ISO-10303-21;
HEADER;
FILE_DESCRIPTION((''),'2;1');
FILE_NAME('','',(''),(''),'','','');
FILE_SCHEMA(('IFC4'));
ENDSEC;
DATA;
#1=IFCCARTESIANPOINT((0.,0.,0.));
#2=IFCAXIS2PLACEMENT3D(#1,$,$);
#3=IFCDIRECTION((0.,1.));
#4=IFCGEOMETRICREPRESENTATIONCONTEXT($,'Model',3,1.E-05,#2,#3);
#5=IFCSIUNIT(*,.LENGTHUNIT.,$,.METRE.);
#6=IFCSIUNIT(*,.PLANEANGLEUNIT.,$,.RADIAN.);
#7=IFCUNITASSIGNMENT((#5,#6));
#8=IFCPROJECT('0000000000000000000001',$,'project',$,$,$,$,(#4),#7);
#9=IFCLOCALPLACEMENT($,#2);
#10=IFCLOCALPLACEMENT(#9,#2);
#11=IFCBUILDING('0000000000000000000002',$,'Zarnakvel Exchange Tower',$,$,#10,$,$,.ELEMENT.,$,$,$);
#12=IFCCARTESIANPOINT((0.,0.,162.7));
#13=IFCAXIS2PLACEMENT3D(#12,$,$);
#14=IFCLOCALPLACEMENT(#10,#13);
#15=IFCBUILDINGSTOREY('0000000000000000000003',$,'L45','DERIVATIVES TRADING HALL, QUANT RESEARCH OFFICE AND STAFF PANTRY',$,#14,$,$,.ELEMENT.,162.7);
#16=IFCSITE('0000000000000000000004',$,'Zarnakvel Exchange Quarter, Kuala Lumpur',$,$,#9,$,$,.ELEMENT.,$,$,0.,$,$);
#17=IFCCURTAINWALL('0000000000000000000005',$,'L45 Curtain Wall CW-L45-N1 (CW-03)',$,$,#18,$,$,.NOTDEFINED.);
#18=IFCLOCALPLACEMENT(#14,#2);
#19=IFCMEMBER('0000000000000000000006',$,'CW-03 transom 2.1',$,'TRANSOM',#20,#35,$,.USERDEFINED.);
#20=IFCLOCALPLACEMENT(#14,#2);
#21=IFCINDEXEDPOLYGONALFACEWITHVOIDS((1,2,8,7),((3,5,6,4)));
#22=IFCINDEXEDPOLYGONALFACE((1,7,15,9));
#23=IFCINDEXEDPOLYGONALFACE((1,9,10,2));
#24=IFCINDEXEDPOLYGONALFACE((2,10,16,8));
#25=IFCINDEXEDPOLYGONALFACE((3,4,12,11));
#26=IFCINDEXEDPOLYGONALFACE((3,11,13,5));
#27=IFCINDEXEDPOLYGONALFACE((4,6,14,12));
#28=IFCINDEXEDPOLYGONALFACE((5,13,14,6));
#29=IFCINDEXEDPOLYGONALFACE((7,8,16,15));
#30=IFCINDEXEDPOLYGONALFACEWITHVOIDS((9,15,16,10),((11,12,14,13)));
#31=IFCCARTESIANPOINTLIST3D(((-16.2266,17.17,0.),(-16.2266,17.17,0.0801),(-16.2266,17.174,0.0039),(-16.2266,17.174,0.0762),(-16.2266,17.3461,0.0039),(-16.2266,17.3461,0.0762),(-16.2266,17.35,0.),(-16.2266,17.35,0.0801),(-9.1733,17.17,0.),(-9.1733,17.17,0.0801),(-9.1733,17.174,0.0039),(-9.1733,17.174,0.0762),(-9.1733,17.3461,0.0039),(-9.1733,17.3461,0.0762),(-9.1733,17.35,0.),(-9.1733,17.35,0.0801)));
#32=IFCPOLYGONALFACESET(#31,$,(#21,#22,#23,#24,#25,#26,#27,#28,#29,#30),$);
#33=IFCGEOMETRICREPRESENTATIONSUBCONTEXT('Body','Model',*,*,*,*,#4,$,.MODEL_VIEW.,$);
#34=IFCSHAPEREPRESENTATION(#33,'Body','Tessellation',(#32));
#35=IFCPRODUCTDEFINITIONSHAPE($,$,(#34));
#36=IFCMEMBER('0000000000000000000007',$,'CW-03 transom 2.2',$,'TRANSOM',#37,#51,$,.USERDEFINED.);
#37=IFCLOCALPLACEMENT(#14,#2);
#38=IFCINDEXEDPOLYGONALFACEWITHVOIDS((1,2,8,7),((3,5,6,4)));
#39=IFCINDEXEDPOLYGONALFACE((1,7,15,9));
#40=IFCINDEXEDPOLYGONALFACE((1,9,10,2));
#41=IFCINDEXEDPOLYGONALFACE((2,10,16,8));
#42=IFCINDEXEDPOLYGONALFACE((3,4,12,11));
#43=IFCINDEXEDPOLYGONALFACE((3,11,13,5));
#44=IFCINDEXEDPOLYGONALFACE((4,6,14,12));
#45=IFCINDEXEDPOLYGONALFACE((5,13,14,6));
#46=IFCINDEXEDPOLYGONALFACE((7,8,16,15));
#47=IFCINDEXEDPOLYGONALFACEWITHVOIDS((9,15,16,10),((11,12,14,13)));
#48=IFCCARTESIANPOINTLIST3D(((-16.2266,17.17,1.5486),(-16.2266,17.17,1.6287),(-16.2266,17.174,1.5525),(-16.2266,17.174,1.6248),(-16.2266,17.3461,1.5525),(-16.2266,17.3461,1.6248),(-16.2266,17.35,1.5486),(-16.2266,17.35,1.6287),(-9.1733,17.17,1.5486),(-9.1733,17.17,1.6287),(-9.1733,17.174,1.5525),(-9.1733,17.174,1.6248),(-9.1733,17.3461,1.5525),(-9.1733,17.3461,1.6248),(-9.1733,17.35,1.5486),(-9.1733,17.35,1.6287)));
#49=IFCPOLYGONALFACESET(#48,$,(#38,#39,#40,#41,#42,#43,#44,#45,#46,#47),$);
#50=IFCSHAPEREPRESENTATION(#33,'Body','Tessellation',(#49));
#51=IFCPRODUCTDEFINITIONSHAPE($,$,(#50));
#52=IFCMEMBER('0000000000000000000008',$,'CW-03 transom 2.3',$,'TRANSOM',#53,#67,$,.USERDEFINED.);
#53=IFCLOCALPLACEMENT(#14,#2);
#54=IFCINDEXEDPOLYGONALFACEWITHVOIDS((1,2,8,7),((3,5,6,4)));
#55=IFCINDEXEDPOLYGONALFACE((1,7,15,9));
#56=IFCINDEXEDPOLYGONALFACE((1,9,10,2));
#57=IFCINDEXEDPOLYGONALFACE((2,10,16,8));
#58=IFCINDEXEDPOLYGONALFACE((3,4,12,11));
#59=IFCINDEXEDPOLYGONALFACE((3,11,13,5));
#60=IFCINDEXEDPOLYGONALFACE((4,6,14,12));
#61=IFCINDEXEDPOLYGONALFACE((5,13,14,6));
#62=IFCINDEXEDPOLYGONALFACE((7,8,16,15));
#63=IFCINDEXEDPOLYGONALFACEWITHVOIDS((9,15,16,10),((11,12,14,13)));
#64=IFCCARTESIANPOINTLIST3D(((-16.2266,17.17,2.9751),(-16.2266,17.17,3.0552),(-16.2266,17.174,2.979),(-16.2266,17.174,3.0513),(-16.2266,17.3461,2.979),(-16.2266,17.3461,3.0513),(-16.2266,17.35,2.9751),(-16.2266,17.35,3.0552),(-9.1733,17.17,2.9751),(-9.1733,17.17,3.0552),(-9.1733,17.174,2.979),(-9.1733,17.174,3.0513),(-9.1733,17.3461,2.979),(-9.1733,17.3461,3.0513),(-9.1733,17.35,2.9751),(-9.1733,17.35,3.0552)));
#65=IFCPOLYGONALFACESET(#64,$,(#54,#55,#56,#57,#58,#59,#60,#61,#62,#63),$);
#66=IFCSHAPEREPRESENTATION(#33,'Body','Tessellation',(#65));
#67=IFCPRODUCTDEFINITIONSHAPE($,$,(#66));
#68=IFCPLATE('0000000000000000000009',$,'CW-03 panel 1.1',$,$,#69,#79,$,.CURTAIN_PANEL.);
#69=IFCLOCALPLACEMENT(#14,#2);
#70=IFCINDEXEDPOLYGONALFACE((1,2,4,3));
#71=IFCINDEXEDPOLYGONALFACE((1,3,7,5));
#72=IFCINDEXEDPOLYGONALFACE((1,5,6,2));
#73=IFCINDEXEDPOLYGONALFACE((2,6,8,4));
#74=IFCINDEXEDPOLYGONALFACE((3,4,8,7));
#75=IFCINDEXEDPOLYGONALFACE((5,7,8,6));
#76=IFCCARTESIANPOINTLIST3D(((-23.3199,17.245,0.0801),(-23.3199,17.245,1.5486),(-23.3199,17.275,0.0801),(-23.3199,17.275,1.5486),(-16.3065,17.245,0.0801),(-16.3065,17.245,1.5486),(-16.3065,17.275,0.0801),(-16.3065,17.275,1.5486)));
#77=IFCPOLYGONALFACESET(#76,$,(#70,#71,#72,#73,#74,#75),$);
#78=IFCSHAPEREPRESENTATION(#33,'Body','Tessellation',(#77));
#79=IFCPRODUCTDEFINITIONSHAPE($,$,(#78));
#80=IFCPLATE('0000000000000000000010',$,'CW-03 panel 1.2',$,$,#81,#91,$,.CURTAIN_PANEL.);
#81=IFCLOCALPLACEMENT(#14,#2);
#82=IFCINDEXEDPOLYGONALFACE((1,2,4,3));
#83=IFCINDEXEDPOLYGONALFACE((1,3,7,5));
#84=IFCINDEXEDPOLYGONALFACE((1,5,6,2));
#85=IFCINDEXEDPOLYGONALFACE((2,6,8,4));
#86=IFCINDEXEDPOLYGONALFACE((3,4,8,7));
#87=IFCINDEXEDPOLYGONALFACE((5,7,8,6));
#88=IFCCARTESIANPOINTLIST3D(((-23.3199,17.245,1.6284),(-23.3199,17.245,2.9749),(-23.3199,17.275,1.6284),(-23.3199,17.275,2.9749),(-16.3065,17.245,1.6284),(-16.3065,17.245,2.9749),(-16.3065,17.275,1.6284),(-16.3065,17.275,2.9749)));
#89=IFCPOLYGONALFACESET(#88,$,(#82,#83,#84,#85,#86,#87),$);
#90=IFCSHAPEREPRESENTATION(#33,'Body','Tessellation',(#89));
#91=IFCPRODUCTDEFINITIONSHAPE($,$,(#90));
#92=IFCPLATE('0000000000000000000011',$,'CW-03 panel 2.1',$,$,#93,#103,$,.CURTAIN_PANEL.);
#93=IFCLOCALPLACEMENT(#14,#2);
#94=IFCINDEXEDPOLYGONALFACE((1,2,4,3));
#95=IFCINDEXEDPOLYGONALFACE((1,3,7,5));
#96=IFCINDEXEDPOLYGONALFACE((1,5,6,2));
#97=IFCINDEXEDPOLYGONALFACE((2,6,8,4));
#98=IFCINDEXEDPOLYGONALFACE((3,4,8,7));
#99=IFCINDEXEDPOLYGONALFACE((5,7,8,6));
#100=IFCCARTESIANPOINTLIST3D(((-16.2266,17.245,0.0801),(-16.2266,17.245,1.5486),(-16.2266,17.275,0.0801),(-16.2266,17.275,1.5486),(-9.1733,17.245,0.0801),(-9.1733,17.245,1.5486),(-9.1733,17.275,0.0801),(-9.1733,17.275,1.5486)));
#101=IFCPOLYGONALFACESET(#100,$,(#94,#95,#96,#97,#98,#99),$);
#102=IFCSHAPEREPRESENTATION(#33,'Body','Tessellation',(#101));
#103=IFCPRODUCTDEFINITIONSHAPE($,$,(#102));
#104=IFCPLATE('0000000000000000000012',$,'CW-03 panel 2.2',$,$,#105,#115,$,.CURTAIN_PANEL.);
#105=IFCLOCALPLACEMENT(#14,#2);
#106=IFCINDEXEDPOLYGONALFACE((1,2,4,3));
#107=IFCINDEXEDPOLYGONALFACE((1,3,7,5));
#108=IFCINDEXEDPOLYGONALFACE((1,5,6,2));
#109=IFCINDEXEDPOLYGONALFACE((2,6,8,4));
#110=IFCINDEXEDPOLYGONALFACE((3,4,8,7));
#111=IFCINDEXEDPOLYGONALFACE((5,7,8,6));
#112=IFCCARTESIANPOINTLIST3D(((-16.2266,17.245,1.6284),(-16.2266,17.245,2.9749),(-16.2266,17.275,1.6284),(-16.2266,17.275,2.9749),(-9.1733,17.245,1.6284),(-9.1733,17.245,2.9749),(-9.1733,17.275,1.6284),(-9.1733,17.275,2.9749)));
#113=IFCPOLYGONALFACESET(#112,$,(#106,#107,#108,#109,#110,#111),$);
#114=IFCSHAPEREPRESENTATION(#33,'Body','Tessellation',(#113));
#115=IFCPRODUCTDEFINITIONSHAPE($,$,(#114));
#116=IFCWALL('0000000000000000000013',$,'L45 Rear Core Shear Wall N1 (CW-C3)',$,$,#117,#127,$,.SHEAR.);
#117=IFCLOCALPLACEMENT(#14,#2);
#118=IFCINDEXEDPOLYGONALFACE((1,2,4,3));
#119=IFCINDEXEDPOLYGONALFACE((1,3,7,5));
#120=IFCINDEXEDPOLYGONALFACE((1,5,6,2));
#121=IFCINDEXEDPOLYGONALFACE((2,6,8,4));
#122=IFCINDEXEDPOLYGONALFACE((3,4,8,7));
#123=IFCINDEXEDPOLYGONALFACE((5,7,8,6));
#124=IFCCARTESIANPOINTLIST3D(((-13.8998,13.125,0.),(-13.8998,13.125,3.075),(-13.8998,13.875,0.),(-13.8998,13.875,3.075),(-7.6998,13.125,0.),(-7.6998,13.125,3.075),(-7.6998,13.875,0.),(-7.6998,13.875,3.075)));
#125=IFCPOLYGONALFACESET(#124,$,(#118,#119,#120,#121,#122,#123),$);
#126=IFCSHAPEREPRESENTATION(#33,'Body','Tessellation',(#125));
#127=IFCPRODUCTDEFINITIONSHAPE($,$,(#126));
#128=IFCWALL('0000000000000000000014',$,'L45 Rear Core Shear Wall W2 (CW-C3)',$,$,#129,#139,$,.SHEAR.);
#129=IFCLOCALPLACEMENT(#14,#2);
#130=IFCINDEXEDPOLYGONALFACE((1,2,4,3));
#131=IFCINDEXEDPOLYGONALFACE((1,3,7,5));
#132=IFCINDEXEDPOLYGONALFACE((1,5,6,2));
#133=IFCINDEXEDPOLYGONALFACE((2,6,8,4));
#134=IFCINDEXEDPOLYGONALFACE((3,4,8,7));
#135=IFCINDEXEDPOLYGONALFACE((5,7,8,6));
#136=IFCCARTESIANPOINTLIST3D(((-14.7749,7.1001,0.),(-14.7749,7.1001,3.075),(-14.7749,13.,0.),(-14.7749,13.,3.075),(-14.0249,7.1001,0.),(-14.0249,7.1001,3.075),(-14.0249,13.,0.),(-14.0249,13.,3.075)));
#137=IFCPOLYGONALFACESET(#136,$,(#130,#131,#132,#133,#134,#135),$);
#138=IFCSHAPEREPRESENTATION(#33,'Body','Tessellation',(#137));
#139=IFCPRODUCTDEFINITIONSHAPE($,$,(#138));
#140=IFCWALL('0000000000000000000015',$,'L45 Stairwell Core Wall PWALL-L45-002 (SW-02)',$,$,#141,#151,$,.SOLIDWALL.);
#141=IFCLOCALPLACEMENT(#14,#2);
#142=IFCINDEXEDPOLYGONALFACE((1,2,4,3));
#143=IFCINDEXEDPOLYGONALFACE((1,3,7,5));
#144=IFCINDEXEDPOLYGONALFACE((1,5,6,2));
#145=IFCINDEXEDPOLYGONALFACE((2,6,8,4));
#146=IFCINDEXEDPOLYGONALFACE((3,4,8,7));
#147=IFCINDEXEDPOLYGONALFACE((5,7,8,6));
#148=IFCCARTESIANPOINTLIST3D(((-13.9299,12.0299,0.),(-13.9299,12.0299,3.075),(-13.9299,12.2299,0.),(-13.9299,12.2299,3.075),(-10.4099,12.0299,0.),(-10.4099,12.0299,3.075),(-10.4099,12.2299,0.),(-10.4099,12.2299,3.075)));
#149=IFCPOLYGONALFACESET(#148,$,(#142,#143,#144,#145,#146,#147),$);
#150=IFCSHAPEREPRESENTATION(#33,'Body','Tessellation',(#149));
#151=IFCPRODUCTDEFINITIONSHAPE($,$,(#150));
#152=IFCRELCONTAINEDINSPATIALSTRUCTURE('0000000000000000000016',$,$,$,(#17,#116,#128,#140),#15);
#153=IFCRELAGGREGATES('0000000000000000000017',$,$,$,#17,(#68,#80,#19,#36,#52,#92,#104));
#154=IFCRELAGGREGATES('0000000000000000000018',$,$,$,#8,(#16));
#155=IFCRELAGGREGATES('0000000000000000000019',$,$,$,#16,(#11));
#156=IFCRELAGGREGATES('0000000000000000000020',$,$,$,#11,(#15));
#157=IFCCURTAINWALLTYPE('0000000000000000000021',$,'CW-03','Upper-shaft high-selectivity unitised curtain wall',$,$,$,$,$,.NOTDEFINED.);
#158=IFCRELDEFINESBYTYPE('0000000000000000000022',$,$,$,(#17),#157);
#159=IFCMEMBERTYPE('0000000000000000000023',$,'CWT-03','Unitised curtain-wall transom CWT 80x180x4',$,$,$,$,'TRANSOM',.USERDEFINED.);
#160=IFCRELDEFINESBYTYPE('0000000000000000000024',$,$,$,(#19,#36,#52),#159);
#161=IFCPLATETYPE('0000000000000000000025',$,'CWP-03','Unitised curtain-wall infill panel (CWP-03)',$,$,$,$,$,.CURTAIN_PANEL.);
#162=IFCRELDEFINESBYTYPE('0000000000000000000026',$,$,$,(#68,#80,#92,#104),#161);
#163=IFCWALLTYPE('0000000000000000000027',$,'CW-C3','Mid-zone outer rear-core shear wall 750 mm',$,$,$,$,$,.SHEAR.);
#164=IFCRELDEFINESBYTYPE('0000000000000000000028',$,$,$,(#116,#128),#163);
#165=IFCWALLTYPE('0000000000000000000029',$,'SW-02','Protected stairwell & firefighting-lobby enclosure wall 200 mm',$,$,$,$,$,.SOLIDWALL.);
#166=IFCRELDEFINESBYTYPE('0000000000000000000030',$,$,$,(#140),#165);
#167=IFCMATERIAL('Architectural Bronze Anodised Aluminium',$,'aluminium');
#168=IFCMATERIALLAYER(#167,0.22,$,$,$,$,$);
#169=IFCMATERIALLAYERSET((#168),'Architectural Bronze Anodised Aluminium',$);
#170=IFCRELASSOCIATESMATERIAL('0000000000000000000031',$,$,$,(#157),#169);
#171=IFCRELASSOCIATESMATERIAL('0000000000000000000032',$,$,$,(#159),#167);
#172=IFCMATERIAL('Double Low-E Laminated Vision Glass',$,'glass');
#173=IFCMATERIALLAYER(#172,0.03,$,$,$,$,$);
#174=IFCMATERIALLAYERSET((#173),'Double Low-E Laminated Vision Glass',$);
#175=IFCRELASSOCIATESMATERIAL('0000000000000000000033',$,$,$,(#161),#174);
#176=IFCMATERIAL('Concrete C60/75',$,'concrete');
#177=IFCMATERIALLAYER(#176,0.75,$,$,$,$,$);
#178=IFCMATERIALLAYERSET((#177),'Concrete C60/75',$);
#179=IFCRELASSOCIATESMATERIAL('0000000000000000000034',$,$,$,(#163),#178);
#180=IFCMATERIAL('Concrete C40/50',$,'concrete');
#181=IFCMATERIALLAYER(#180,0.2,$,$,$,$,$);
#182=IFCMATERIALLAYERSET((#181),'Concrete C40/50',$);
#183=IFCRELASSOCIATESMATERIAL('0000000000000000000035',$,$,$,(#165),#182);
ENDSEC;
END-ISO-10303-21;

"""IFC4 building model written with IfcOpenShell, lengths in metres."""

from ifc_helpers import new_model, si_unit, direction, frame, frame_2d, origin, origin_2d, place, context, subcontext, project, spatial, rectangle, hollow_rectangle, extrude, source, transform, mapped, material, layer, layer_set, material_profile, profile_set, type_object, element, aggregate, save


model = new_model("IFC4")

# Units and contexts
model_context = context("Model", 3, precision=1e-05, world=origin(), true_north=direction((0.0, 1.0)))
body_context = subcontext(model_context, "Body", "Model", "MODEL_VIEW")
ifc_project = project(units=[si_unit("LENGTHUNIT", "METRE"), si_unit("PLANEANGLEUNIT", "RADIAN")], contexts=[model_context])

# Site, building, storey
site_placement = place(None, origin())
site = spatial("IfcSite", under=ifc_project, at=site_placement, Name="Zarnakvel Exchange Quarter, Kuala Lumpur", CompositionType="ELEMENT", RefElevation=0.0)
building_placement = place(site_placement, origin())
building = spatial("IfcBuilding", under=site, at=building_placement, Name="Zarnakvel Exchange Tower", CompositionType="ELEMENT")
storey_placement = place(building_placement, frame((0.0, 0.0, 162.7)))
storey = spatial("IfcBuildingStorey", under=building, at=storey_placement, Name="L45", Description="DERIVATIVES TRADING HALL, QUANT RESEARCH OFFICE AND STAFF PANTRY", CompositionType="ELEMENT", Elevation=162.7)

# Shared definitions
ifc_material_1 = material(Name="Concrete C60/75", Category="concrete")

# Curtain wall, members, plates
ifc_material_2 = material(Name="Architectural Bronze Anodised Aluminium", Category="aluminium")
ifc_layer_1 = layer(ifc_material_2, 0.22)
ifc_layer_set_1 = layer_set([ifc_layer_1], Name="Architectural Bronze Anodised Aluminium")
curtain_wall_type = type_object("IfcCurtainWallType", Name="CW-03", Description="Upper-shaft high-selectivity unitised curtain wall", PredefinedType="NOTDEFINED", material=ifc_layer_set_1)
curtain_wall_placement = place(storey_placement, origin())
curtain_wall = element("IfcCurtainWall", 1, at=curtain_wall_placement, inside=storey, type_object=curtain_wall_type, Name="L45 Curtain Wall CW-L45-N1 (CW-03)", PredefinedType="NOTDEFINED")
ifc_material_profile_1 = material_profile(ifc_material_2, hollow_rectangle(XDim=0.1799, YDim=0.0801, WallThickness=0.0039, at=origin_2d()))
ifc_profile_set_1 = profile_set([ifc_material_profile_1], Name="Architectural Bronze Anodised Aluminium")
member_type_1 = type_object("IfcMemberType", Name="CWT-03", Description="Unitised curtain-wall transom CWT 80x180x4", ElementType="TRANSOM", PredefinedType="USERDEFINED", material=ifc_profile_set_1)
shared_shape_1 = source(origin(), body_context, "Body", "SweptSolid", [
    extrude(hollow_rectangle(XDim=0.1799, YDim=0.0801, WallThickness=0.0039, at=origin_2d()), origin(), (0.0, 0.0, 1.0), 7.0532),
])
member_1_placement = place(storey_placement, frame((-16.2266, 17.26, 0.04), z_axis=(1.0, 0.0, 0.0), x_axis=(0.0, 1.0, 0.0)))
member_1 = element("IfcMember", 2, at=member_1_placement, type_object=member_type_1, Name="CW-03 transom 2.1", ObjectType="TRANSOM", PredefinedType="USERDEFINED", context=body_context, shape_type="MappedRepresentation", body=[
    mapped(shared_shape_1, transform((0.0, 0.0, 0.0), x_axis=(1.0, 0.0, 0.0), y_axis=(0.0, 1.0, 0.0), z_axis=(0.0, 0.0, 1.0), scale=1.0)),
])
member_2_placement = place(storey_placement, frame((-16.2266, 17.26, 1.5886), z_axis=(1.0, 0.0, 0.0), x_axis=(0.0, 1.0, 0.0)))
member_2 = element("IfcMember", 3, at=member_2_placement, type_object=member_type_1, Name="CW-03 transom 2.2", ObjectType="TRANSOM", PredefinedType="USERDEFINED", context=body_context, shape_type="MappedRepresentation", body=[
    mapped(shared_shape_1, transform((0.0, 0.0, 0.0), x_axis=(1.0, 0.0, 0.0), y_axis=(0.0, 1.0, 0.0), z_axis=(0.0, 0.0, 1.0), scale=1.0)),
])
member_3_placement = place(storey_placement, frame((-16.2266, 17.26, 3.0151), z_axis=(1.0, 0.0, 0.0), x_axis=(0.0, 1.0, 0.0)))
member_3 = element("IfcMember", 4, at=member_3_placement, type_object=member_type_1, Name="CW-03 transom 2.3", ObjectType="TRANSOM", PredefinedType="USERDEFINED", context=body_context, shape_type="MappedRepresentation", body=[
    mapped(shared_shape_1, transform((0.0, 0.0, 0.0), x_axis=(1.0, 0.0, 0.0), y_axis=(0.0, 1.0, 0.0), z_axis=(0.0, 0.0, 1.0), scale=1.0)),
])
ifc_material_3 = material(Name="Double Low-E Laminated Vision Glass", Category="glass")
ifc_layer_2 = layer(ifc_material_3, 0.03)
ifc_layer_set_2 = layer_set([ifc_layer_2], Name="Double Low-E Laminated Vision Glass")
plate_type = type_object("IfcPlateType", Name="CWP-03", Description="Unitised curtain-wall infill panel (CWP-03)", PredefinedType="CURTAIN_PANEL", material=ifc_layer_set_2)
shared_shape_2 = source(origin(), body_context, "Body", "SweptSolid", [
    extrude(rectangle(XDim=7.0134, YDim=0.03, at=origin_2d()), origin(), (0.0, 0.0, 1.0), 1.4685),
])
plate_1_placement = place(storey_placement, frame((-19.8132, 17.26, 0.0801), z_axis=(0.0, 0.0, 1.0), x_axis=(1.0, 0.0, 0.0)))
plate_1 = element("IfcPlate", 5, at=plate_1_placement, type_object=plate_type, Name="CW-03 panel 1.1", PredefinedType="CURTAIN_PANEL", context=body_context, shape_type="MappedRepresentation", body=[
    mapped(shared_shape_2, transform((0.0, 0.0, 0.0), x_axis=(1.0, 0.0, 0.0), y_axis=(0.0, 1.0, 0.0), z_axis=(0.0, 0.0, 1.0), scale=1.0)),
])
shared_shape_3 = source(origin(), body_context, "Body", "SweptSolid", [
    extrude(rectangle(XDim=7.0134, YDim=0.03, at=origin_2d()), origin(), (0.0, 0.0, 1.0), 1.3464),
])
plate_2_placement = place(storey_placement, frame((-19.8132, 17.26, 1.6284), z_axis=(0.0, 0.0, 1.0), x_axis=(1.0, 0.0, 0.0)))
plate_2 = element("IfcPlate", 6, at=plate_2_placement, type_object=plate_type, Name="CW-03 panel 1.2", PredefinedType="CURTAIN_PANEL", context=body_context, shape_type="MappedRepresentation", body=[
    mapped(shared_shape_3, transform((0.0, 0.0, 0.0), x_axis=(1.0, 0.0, 0.0), y_axis=(0.0, 1.0, 0.0), z_axis=(0.0, 0.0, 1.0), scale=1.0)),
])
shared_shape_4 = source(origin(), body_context, "Body", "SweptSolid", [
    extrude(rectangle(XDim=7.0532, YDim=0.03, at=origin_2d()), origin(), (0.0, 0.0, 1.0), 1.4685),
])
plate_3_placement = place(storey_placement, frame((-12.7, 17.26, 0.0801), z_axis=(0.0, 0.0, 1.0), x_axis=(1.0, 0.0, 0.0)))
plate_3 = element("IfcPlate", 7, at=plate_3_placement, type_object=plate_type, Name="CW-03 panel 2.1", PredefinedType="CURTAIN_PANEL", context=body_context, shape_type="MappedRepresentation", body=[
    mapped(shared_shape_4, transform((0.0, 0.0, 0.0), x_axis=(1.0, 0.0, 0.0), y_axis=(0.0, 1.0, 0.0), z_axis=(0.0, 0.0, 1.0), scale=1.0)),
])
shared_shape_5 = source(origin(), body_context, "Body", "SweptSolid", [
    extrude(rectangle(XDim=7.0532, YDim=0.03, at=origin_2d()), origin(), (0.0, 0.0, 1.0), 1.3464),
])
plate_4_placement = place(storey_placement, frame((-12.7, 17.26, 1.6284), z_axis=(0.0, 0.0, 1.0), x_axis=(1.0, 0.0, 0.0)))
plate_4 = element("IfcPlate", 8, at=plate_4_placement, type_object=plate_type, Name="CW-03 panel 2.2", PredefinedType="CURTAIN_PANEL", context=body_context, shape_type="MappedRepresentation", body=[
    mapped(shared_shape_5, transform((0.0, 0.0, 0.0), x_axis=(1.0, 0.0, 0.0), y_axis=(0.0, 1.0, 0.0), z_axis=(0.0, 0.0, 1.0), scale=1.0)),
])
aggregate(curtain_wall, [plate_1, plate_2, member_1, member_2, member_3, plate_3, plate_4])

# Walls
ifc_layer_3 = layer(ifc_material_1, 0.75)
ifc_layer_set_3 = layer_set([ifc_layer_3], Name="Concrete C60/75")
wall_type_1 = type_object("IfcWallType", Name="CW-C3", Description="Mid-zone outer rear-core shear wall 750 mm", PredefinedType="SHEAR", material=ifc_layer_set_3)
wall_1_placement = place(storey_placement, frame((-13.8999, 13.5, 0.0), z_axis=(0.0, 0.0, 1.0), x_axis=(1.0, 0.0, 0.0)))
element("IfcWall", 9, at=wall_1_placement, inside=storey, type_object=wall_type_1, Name="L45 Rear Core Shear Wall N1 (CW-C3)", PredefinedType="SHEAR", context=body_context, shape_type="SweptSolid", body=[
    extrude(rectangle(XDim=6.2, YDim=0.75, at=frame_2d((3.1001, 0.0))), origin(), (0.0, 0.0, 1.0), 3.075),
])
wall_2_placement = place(storey_placement, frame((-14.3999, 7.1001, 0.0), z_axis=(0.0, 0.0, 1.0), x_axis=(0.0, 1.0, 0.0)))
element("IfcWall", 10, at=wall_2_placement, inside=storey, type_object=wall_type_1, Name="L45 Rear Core Shear Wall W2 (CW-C3)", PredefinedType="SHEAR", context=body_context, shape_type="SweptSolid", body=[
    extrude(rectangle(XDim=5.8999, YDim=0.75, at=frame_2d((2.95, 0.0))), origin(), (0.0, 0.0, 1.0), 3.075),
])

# Wall
ifc_material_4 = material(Name="Concrete C40/50", Category="concrete")
ifc_layer_4 = layer(ifc_material_4, 0.2)
ifc_layer_set_4 = layer_set([ifc_layer_4], Name="Concrete C40/50")
wall_type_2 = type_object("IfcWallType", Name="SW-02", Description="Protected stairwell & firefighting-lobby enclosure wall 200 mm", PredefinedType="SOLIDWALL", material=ifc_layer_set_4)
wall_3_placement = place(storey_placement, frame((-13.9299, 12.1299, 0.0), z_axis=(0.0, 0.0, 1.0), x_axis=(1.0, 0.0, 0.0)))
element("IfcWall", 11, at=wall_3_placement, inside=storey, type_object=wall_type_2, Name="L45 Stairwell Core Wall PWALL-L45-002 (SW-02)", PredefinedType="SOLIDWALL", context=body_context, shape_type="SweptSolid", body=[
    extrude(rectangle(XDim=3.52, YDim=0.2, at=frame_2d((1.76, 0.0))), origin(), (0.0, 0.0, 1.0), 3.075),
])

save(model, "model.ifc")
